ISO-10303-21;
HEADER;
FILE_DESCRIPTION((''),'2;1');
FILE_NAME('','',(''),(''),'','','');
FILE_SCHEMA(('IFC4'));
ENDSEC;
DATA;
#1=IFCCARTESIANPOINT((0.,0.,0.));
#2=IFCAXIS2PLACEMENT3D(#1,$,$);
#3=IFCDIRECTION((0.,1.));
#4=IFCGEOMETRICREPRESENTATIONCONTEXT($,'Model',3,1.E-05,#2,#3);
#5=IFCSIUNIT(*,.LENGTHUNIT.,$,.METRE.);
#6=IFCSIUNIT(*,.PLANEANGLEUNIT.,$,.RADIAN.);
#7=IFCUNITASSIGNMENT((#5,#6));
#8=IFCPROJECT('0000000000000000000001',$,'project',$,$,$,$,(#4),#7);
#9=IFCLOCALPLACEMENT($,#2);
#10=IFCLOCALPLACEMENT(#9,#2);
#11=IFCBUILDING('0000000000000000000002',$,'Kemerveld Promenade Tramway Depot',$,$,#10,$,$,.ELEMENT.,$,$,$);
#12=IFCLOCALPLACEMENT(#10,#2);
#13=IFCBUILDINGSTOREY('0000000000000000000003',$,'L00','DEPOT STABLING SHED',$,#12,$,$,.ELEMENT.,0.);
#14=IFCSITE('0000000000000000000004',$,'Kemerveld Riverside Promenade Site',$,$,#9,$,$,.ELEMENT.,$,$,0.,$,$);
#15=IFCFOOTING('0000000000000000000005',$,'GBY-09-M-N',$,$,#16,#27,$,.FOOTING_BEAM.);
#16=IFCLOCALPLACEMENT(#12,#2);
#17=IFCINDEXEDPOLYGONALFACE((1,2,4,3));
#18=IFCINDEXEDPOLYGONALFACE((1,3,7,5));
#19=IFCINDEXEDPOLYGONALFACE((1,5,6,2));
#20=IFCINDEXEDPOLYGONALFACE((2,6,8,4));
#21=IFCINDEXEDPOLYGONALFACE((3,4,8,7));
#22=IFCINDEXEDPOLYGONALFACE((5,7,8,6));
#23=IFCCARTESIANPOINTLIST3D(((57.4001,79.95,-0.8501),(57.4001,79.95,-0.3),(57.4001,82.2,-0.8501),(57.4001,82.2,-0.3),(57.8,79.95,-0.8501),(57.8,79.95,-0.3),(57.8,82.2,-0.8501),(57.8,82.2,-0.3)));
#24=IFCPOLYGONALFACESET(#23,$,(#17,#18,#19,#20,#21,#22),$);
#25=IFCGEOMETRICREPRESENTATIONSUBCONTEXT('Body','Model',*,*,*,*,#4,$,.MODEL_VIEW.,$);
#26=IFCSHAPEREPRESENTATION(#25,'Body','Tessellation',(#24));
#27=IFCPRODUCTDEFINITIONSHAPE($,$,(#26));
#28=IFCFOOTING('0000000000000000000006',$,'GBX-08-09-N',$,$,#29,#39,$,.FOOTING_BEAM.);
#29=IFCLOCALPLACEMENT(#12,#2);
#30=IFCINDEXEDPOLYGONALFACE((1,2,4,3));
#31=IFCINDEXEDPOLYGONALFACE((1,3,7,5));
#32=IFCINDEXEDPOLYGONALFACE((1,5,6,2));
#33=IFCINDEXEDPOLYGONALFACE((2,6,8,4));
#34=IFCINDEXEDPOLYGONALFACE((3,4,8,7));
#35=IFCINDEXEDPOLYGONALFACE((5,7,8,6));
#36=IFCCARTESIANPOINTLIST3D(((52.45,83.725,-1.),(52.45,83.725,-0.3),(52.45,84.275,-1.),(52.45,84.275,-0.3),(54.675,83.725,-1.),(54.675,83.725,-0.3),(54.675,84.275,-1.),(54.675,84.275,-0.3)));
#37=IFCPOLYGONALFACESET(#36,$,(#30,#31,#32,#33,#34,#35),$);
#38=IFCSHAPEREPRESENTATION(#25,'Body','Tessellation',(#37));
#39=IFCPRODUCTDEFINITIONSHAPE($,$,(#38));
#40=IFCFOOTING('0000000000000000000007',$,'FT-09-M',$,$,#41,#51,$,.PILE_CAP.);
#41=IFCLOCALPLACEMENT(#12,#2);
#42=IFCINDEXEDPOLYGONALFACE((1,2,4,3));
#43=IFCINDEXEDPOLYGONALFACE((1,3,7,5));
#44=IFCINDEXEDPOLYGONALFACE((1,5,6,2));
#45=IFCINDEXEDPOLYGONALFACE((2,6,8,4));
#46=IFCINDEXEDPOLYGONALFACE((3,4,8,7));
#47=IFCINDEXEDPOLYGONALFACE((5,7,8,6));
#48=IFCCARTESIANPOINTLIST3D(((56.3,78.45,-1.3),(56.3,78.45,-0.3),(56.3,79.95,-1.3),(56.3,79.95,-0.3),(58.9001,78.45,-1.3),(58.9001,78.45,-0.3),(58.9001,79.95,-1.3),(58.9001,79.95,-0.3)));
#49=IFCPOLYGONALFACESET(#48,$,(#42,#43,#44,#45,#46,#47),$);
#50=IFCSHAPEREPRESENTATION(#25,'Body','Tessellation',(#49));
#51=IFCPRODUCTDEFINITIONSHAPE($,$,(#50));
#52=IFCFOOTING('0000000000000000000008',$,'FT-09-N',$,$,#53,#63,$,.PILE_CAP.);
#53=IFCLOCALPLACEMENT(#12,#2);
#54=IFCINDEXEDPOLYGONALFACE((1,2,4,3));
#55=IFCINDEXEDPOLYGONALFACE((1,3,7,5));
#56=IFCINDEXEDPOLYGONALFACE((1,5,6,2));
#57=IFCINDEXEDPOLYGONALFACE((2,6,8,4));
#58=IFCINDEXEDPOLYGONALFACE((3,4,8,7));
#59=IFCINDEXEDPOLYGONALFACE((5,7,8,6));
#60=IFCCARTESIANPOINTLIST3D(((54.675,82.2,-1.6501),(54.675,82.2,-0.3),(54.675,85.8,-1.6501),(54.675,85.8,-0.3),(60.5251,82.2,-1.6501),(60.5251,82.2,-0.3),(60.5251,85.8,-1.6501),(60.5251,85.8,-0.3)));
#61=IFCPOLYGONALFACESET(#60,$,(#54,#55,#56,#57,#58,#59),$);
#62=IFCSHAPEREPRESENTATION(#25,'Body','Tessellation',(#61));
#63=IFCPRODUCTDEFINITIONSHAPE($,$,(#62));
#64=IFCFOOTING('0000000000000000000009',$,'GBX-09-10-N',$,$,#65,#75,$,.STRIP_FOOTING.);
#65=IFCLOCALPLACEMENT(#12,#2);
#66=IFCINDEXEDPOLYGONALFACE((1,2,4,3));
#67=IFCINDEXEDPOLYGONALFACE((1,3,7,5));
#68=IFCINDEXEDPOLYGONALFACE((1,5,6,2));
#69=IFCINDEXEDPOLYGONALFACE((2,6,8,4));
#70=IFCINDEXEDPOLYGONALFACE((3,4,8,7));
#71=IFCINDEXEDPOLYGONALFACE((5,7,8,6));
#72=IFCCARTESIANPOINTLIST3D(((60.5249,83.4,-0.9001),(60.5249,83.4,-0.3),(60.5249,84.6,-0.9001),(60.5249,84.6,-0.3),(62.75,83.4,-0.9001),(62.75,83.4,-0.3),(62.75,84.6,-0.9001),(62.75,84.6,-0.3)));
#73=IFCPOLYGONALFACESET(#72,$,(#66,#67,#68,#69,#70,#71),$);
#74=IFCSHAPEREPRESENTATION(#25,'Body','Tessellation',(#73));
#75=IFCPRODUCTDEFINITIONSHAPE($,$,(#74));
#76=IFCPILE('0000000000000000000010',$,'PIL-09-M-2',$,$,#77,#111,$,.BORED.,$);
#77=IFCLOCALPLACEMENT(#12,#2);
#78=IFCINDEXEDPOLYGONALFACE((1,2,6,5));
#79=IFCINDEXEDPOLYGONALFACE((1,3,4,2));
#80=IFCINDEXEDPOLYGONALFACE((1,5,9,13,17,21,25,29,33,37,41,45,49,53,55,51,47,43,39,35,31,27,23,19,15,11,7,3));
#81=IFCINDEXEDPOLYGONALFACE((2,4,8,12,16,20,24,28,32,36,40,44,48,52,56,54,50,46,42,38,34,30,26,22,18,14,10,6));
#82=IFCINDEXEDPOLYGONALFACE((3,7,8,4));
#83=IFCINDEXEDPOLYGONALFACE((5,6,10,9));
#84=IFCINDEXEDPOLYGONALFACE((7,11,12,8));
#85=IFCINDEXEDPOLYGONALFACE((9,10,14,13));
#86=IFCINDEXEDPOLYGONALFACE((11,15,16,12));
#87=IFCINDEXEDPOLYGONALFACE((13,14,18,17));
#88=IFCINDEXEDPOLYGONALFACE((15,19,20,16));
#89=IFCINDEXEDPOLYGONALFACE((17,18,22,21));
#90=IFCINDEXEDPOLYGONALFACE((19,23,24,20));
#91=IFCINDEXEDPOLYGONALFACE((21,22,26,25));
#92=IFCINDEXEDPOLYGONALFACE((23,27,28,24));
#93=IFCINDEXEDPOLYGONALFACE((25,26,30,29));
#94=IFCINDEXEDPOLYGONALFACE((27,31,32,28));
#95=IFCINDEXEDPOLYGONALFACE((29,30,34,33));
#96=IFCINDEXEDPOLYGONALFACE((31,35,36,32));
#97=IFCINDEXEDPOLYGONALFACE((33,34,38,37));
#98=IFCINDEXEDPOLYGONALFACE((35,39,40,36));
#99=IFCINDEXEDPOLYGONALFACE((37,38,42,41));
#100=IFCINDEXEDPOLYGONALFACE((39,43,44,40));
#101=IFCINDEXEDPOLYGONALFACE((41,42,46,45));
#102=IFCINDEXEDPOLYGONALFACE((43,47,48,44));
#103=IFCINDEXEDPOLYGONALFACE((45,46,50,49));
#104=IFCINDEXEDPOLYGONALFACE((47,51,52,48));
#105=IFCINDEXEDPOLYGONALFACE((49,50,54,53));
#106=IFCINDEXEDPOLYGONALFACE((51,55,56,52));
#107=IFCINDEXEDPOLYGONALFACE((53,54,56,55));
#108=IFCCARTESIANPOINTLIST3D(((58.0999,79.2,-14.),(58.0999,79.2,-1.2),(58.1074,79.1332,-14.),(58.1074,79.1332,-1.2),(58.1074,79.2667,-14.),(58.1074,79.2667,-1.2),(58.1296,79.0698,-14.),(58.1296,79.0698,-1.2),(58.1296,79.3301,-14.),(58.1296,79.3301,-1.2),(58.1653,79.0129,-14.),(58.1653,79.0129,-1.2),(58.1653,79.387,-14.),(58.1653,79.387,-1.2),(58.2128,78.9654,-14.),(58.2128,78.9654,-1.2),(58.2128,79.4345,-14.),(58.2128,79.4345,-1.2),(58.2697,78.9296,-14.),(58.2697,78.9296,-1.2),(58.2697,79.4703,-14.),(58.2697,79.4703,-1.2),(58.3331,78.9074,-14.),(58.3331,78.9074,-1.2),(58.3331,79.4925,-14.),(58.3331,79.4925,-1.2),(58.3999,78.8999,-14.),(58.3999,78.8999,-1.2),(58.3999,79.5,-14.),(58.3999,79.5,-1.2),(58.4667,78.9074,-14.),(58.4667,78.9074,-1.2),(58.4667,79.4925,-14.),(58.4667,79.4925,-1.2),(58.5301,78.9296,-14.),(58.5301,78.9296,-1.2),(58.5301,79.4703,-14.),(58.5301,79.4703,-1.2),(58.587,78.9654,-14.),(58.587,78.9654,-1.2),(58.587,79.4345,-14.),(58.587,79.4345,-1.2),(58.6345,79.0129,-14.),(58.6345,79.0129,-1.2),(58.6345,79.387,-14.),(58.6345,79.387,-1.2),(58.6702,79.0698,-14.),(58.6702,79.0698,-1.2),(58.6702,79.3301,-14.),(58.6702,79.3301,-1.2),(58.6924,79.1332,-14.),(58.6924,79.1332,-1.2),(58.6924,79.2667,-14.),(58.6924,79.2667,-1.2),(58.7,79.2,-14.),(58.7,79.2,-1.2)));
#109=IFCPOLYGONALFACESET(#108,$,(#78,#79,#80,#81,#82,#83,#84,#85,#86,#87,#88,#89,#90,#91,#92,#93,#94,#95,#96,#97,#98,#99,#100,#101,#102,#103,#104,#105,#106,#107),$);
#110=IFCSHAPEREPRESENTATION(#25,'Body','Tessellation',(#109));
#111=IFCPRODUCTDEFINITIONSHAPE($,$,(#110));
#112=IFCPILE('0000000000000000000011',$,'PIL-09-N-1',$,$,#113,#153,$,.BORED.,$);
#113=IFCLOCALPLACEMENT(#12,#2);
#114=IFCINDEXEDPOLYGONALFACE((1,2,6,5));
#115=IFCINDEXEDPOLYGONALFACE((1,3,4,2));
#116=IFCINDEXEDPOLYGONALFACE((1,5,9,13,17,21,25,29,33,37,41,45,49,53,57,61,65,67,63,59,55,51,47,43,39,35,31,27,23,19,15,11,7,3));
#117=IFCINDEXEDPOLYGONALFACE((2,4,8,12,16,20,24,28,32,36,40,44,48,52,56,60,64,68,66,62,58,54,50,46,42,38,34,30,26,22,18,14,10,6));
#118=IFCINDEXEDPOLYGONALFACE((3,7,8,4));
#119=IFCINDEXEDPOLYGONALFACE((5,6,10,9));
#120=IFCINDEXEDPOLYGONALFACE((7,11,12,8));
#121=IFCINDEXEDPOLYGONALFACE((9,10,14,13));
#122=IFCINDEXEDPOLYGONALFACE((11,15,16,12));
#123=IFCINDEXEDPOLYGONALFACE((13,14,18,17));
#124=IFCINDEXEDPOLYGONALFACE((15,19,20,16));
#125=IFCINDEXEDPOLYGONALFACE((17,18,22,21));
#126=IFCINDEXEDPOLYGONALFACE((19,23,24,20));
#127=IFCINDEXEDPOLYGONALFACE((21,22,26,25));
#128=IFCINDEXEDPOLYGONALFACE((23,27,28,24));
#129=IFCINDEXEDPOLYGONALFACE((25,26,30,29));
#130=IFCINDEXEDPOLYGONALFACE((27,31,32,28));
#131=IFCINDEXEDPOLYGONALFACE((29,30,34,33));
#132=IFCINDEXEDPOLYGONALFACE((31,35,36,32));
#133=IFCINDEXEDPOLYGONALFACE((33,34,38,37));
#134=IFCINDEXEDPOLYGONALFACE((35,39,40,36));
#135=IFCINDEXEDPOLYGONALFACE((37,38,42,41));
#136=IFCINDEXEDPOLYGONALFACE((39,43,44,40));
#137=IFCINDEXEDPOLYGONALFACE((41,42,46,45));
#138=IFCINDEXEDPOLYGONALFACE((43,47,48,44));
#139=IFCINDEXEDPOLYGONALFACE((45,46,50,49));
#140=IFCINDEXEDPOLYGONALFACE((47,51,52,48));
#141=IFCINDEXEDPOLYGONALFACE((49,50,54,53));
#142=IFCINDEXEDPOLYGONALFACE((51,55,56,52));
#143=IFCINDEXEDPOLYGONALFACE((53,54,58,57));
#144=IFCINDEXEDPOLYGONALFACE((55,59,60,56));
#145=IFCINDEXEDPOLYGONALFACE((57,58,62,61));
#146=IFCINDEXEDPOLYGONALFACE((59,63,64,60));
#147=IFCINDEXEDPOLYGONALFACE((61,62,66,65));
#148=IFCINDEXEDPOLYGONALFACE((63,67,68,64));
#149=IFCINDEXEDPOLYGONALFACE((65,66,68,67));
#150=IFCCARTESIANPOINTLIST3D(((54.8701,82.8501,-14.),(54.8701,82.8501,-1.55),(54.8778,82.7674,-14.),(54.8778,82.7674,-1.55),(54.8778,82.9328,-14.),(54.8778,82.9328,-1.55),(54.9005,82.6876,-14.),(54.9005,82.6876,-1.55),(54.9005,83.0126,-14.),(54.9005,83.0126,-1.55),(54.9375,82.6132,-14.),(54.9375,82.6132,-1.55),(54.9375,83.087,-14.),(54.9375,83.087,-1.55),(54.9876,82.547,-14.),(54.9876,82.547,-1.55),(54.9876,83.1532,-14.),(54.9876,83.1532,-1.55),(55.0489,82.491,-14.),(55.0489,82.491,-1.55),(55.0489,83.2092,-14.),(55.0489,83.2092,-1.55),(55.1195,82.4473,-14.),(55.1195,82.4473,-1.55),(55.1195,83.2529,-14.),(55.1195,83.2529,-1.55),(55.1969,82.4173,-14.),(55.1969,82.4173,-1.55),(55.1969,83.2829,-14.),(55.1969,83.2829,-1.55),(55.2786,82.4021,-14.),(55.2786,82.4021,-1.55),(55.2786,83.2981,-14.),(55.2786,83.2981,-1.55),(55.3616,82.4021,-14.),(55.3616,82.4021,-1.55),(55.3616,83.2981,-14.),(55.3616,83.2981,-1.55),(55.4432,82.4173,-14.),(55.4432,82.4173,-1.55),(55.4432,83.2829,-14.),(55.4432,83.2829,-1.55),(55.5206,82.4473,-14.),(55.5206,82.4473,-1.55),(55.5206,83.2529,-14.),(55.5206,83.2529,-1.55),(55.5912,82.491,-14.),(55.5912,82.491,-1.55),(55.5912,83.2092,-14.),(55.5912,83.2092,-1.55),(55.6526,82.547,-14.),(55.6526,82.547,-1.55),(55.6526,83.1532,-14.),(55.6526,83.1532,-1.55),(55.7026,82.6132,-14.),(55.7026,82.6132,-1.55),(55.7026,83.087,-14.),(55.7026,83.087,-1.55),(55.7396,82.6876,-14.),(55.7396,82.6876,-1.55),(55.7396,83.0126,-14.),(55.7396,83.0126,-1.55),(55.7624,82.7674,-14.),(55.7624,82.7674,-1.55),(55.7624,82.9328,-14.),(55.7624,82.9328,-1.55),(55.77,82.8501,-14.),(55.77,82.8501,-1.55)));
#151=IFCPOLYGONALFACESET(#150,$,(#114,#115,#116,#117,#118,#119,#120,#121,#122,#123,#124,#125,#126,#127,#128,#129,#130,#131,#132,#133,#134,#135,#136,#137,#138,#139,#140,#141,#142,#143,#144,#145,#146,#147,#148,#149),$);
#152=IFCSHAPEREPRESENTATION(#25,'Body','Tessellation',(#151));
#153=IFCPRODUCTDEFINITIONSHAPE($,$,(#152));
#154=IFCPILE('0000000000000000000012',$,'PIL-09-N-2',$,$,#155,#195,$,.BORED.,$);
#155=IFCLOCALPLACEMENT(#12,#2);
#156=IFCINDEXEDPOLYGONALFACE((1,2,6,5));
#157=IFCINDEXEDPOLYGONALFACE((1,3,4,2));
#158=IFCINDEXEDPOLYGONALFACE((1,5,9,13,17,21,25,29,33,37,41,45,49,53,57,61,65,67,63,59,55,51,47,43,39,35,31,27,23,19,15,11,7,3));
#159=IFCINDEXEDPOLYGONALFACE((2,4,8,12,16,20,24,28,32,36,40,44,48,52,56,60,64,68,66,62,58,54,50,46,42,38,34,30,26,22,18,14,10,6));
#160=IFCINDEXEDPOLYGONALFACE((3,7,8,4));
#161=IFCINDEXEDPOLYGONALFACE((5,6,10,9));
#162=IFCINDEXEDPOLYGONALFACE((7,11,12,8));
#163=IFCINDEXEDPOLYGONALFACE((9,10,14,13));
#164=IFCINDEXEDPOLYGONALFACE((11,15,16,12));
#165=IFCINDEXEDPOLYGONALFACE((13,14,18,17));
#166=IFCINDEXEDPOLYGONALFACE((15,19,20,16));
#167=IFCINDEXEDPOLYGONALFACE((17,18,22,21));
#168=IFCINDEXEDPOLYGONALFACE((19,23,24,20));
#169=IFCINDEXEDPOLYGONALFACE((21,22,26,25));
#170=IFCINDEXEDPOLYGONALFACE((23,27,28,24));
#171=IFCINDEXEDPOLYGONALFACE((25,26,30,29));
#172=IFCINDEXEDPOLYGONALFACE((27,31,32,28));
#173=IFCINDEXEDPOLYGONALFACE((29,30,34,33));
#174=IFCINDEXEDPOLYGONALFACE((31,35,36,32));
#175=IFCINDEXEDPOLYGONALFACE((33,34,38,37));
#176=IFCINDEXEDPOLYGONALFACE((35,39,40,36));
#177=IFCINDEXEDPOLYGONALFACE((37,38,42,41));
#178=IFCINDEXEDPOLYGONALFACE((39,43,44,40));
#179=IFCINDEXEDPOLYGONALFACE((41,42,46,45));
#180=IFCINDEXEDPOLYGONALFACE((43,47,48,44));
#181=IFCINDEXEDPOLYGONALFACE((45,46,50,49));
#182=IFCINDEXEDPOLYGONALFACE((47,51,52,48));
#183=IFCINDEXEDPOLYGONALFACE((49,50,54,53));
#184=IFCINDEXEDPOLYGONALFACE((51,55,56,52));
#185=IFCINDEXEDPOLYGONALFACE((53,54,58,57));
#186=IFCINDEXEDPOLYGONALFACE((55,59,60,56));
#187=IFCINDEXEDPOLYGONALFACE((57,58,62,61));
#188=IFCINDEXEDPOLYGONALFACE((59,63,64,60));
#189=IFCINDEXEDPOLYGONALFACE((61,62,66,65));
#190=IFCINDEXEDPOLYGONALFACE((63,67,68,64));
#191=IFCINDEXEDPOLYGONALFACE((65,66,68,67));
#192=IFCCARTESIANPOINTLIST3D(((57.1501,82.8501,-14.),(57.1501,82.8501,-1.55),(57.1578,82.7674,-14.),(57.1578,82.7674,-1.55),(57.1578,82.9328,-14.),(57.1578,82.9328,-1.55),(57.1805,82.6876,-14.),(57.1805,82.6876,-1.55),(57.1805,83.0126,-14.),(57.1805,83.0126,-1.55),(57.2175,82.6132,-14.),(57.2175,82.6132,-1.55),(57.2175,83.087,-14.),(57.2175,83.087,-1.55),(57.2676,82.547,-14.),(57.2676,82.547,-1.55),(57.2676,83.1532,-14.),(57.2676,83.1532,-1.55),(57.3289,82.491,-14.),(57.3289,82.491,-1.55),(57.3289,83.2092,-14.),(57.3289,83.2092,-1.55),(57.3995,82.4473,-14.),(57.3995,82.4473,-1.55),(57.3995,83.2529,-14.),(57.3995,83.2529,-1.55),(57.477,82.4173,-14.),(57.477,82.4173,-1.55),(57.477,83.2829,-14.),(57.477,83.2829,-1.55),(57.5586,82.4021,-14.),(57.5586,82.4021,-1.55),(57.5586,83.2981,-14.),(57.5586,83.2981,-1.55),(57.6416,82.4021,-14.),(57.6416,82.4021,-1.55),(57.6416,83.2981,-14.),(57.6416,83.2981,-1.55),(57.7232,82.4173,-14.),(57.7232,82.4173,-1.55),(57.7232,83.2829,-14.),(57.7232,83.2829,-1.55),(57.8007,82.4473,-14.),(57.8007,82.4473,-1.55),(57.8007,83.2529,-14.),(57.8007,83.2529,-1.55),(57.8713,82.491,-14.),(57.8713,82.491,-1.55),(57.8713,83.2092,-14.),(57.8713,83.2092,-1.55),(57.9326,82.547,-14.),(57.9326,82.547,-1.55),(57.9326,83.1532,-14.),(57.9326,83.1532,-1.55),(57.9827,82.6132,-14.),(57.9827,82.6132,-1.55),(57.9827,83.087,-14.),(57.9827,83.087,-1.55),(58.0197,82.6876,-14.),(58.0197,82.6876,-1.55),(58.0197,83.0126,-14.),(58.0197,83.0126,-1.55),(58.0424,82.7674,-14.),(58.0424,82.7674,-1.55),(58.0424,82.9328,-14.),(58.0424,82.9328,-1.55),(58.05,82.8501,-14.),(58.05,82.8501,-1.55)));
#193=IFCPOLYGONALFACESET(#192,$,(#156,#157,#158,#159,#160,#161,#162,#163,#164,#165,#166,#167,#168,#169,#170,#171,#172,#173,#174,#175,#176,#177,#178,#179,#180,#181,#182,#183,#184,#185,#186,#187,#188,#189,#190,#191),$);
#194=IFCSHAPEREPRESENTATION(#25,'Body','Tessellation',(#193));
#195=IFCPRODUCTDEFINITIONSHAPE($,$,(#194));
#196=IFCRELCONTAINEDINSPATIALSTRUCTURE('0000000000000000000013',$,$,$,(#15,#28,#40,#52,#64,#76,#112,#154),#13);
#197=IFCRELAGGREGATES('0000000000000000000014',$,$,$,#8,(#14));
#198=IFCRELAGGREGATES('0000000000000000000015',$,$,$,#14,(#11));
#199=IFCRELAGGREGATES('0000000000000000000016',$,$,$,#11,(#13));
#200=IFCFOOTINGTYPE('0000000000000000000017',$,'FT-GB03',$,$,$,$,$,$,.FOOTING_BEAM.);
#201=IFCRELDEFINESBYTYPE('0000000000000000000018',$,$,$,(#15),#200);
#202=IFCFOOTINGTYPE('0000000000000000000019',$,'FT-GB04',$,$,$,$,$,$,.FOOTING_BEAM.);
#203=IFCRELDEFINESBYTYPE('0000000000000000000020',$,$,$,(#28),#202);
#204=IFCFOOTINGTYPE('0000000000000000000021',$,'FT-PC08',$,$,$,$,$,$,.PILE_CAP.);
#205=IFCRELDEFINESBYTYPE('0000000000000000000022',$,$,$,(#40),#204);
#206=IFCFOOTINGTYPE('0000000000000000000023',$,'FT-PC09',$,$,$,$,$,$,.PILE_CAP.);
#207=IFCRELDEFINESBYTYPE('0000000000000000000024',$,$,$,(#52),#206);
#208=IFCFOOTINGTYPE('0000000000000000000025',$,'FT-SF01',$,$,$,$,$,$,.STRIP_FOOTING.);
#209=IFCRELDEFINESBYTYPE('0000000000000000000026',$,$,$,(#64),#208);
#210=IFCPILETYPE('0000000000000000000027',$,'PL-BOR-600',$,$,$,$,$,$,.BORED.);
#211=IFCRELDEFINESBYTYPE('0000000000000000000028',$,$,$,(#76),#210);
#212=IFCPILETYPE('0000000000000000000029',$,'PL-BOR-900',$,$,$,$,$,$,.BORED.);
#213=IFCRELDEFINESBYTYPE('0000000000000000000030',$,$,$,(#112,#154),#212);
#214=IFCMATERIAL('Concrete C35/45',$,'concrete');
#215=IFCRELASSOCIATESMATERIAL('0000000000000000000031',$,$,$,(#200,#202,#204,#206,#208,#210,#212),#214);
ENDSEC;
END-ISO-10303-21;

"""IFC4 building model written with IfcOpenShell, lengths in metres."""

from ifc_helpers import new_model, si_unit, direction, frame, origin, origin_2d, place, context, subcontext, project, spatial, rectangle, circle, extrude, material, material_profile, profile_set, type_object, element, save


model = new_model("IFC4")

# Units and contexts
model_context = context("Model", 3, precision=1e-05, world=origin(), true_north=direction((0.0, 1.0)))
body_context = subcontext(model_context, "Body", "Model", "MODEL_VIEW")
ifc_project = project(units=[si_unit("LENGTHUNIT", "METRE"), si_unit("PLANEANGLEUNIT", "RADIAN")], contexts=[model_context])

# Site, building, storey
site_placement = place(None, origin())
site = spatial("IfcSite", under=ifc_project, at=site_placement, Name="Kemerveld Riverside Promenade Site", CompositionType="ELEMENT", RefElevation=0.0)
building_placement = place(site_placement, origin())
building = spatial("IfcBuilding", under=site, at=building_placement, Name="Kemerveld Promenade Tramway Depot", CompositionType="ELEMENT")
storey_placement = place(building_placement, origin())
storey = spatial("IfcBuildingStorey", under=building, at=storey_placement, Name="L00", Description="DEPOT STABLING SHED", CompositionType="ELEMENT", Elevation=0.0)

# Footings
ifc_material_1 = material(Name="Concrete C35/45", Category="concrete")
footing_type_1 = type_object("IfcFootingType", Name="FT-GB03", PredefinedType="FOOTING_BEAM", material=ifc_material_1)
footing_1_placement = place(storey_placement, frame((57.6001, 81.075, -0.8501), z_axis=(0.0, 0.0, 1.0), x_axis=(0.0, 1.0, 0.0)))
element("IfcFooting", 1, at=footing_1_placement, inside=storey, type_object=footing_type_1, Name="GBY-09-M-N", PredefinedType="FOOTING_BEAM", context=body_context, shape_type="SweptSolid", body=[
    extrude(rectangle(XDim=2.25, YDim=0.3999, at=origin_2d()), origin(), (0.0, 0.0, 1.0), 0.55),
])
footing_type_2 = type_object("IfcFootingType", Name="FT-GB04", PredefinedType="FOOTING_BEAM", material=ifc_material_1)
footing_2_placement = place(storey_placement, frame((53.5625, 84.0, -1.0), z_axis=(0.0, 0.0, 1.0), x_axis=(1.0, 0.0, 0.0)))
element("IfcFooting", 2, at=footing_2_placement, inside=storey, type_object=footing_type_2, Name="GBX-08-09-N", PredefinedType="FOOTING_BEAM", context=body_context, shape_type="SweptSolid", body=[
    extrude(rectangle(XDim=2.2251, YDim=0.55, at=origin_2d()), origin(), (0.0, 0.0, 1.0), 0.7),
])
footing_type_3 = type_object("IfcFootingType", Name="FT-PC08", PredefinedType="PILE_CAP", material=ifc_material_1)
footing_3_placement = place(storey_placement, frame((57.6001, 79.2, -1.3), z_axis=(0.0, 0.0, 1.0), x_axis=(1.0, 0.0, 0.0)))
element("IfcFooting", 3, at=footing_3_placement, inside=storey, type_object=footing_type_3, Name="FT-09-M", PredefinedType="PILE_CAP", context=body_context, shape_type="SweptSolid", body=[
    extrude(rectangle(XDim=2.6001, YDim=1.5, at=origin_2d()), origin(), (0.0, 0.0, 1.0), 1.0),
])
footing_type_4 = type_object("IfcFootingType", Name="FT-PC09", PredefinedType="PILE_CAP", material=ifc_material_1)
footing_4_placement = place(storey_placement, frame((57.6001, 84.0, -1.6501), z_axis=(0.0, 0.0, 1.0), x_axis=(1.0, 0.0, 0.0)))
element("IfcFooting", 4, at=footing_4_placement, inside=storey, type_object=footing_type_4, Name="FT-09-N", PredefinedType="PILE_CAP", context=body_context, shape_type="SweptSolid", body=[
    extrude(rectangle(XDim=5.8501, YDim=3.6001, at=origin_2d()), origin(), (0.0, 0.0, 1.0), 1.3501),
])
footing_type_5 = type_object("IfcFootingType", Name="FT-SF01", PredefinedType="STRIP_FOOTING", material=ifc_material_1)
footing_5_placement = place(storey_placement, frame((61.6375, 84.0, -0.9001), z_axis=(0.0, 0.0, 1.0), x_axis=(1.0, 0.0, 0.0)))
element("IfcFooting", 5, at=footing_5_placement, inside=storey, type_object=footing_type_5, Name="GBX-09-10-N", PredefinedType="STRIP_FOOTING", context=body_context, shape_type="SweptSolid", body=[
    extrude(rectangle(XDim=2.2251, YDim=1.2, at=origin_2d()), origin(), (0.0, 0.0, 1.0), 0.6001),
])

# Piles
ifc_material_profile_1 = material_profile(ifc_material_1, circle(Radius=0.3, at=origin_2d()), Name="PILE-D600")
ifc_profile_set_1 = profile_set([ifc_material_profile_1], Name="Concrete C35/45")
pile_type_1 = type_object("IfcPileType", Name="PL-BOR-600", PredefinedType="BORED", material=ifc_profile_set_1)
pile_placement = place(storey_placement, frame((58.3999, 79.2, -1.2), z_axis=(0.0, 0.0, -1.0), x_axis=(1.0, 0.0, 0.0)))
element("IfcPile", 6, at=pile_placement, inside=storey, type_object=pile_type_1, Name="PIL-09-M-2", PredefinedType="BORED", context=body_context, shape_type="SweptSolid", body=[
    extrude(circle(Radius=0.3, at=origin_2d()), origin(), (0.0, 0.0, 1.0), 12.8),
])
ifc_material_profile_2 = material_profile(ifc_material_1, circle(Radius=0.45, at=origin_2d()), Name="PILE-D900")
ifc_profile_set_2 = profile_set([ifc_material_profile_2], Name="Concrete C35/45")
pile_type_2 = type_object("IfcPileType", Name="PL-BOR-900", PredefinedType="BORED", material=ifc_profile_set_2)
for number, where, z_axis, x_axis, name in (
    (7, (55.3201, 82.8501, -1.55), (0.0, 0.0, -1.0), (1.0, 0.0, 0.0), "PIL-09-N-1"),
    (8, (57.6001, 82.8501, -1.55), (0.0, 0.0, -1.0), (1.0, 0.0, 0.0), "PIL-09-N-2"),
):
    element("IfcPile", number, at=place(storey_placement, frame(where, z_axis=z_axis, x_axis=x_axis)), inside=storey, type_object=pile_type_2, Name=name, PredefinedType="BORED", context=body_context, shape_type="SweptSolid", body=[
        extrude(circle(Radius=0.45, at=origin_2d()), origin(), (0.0, 0.0, 1.0), 12.45),
    ])

save(model, "model.ifc")
